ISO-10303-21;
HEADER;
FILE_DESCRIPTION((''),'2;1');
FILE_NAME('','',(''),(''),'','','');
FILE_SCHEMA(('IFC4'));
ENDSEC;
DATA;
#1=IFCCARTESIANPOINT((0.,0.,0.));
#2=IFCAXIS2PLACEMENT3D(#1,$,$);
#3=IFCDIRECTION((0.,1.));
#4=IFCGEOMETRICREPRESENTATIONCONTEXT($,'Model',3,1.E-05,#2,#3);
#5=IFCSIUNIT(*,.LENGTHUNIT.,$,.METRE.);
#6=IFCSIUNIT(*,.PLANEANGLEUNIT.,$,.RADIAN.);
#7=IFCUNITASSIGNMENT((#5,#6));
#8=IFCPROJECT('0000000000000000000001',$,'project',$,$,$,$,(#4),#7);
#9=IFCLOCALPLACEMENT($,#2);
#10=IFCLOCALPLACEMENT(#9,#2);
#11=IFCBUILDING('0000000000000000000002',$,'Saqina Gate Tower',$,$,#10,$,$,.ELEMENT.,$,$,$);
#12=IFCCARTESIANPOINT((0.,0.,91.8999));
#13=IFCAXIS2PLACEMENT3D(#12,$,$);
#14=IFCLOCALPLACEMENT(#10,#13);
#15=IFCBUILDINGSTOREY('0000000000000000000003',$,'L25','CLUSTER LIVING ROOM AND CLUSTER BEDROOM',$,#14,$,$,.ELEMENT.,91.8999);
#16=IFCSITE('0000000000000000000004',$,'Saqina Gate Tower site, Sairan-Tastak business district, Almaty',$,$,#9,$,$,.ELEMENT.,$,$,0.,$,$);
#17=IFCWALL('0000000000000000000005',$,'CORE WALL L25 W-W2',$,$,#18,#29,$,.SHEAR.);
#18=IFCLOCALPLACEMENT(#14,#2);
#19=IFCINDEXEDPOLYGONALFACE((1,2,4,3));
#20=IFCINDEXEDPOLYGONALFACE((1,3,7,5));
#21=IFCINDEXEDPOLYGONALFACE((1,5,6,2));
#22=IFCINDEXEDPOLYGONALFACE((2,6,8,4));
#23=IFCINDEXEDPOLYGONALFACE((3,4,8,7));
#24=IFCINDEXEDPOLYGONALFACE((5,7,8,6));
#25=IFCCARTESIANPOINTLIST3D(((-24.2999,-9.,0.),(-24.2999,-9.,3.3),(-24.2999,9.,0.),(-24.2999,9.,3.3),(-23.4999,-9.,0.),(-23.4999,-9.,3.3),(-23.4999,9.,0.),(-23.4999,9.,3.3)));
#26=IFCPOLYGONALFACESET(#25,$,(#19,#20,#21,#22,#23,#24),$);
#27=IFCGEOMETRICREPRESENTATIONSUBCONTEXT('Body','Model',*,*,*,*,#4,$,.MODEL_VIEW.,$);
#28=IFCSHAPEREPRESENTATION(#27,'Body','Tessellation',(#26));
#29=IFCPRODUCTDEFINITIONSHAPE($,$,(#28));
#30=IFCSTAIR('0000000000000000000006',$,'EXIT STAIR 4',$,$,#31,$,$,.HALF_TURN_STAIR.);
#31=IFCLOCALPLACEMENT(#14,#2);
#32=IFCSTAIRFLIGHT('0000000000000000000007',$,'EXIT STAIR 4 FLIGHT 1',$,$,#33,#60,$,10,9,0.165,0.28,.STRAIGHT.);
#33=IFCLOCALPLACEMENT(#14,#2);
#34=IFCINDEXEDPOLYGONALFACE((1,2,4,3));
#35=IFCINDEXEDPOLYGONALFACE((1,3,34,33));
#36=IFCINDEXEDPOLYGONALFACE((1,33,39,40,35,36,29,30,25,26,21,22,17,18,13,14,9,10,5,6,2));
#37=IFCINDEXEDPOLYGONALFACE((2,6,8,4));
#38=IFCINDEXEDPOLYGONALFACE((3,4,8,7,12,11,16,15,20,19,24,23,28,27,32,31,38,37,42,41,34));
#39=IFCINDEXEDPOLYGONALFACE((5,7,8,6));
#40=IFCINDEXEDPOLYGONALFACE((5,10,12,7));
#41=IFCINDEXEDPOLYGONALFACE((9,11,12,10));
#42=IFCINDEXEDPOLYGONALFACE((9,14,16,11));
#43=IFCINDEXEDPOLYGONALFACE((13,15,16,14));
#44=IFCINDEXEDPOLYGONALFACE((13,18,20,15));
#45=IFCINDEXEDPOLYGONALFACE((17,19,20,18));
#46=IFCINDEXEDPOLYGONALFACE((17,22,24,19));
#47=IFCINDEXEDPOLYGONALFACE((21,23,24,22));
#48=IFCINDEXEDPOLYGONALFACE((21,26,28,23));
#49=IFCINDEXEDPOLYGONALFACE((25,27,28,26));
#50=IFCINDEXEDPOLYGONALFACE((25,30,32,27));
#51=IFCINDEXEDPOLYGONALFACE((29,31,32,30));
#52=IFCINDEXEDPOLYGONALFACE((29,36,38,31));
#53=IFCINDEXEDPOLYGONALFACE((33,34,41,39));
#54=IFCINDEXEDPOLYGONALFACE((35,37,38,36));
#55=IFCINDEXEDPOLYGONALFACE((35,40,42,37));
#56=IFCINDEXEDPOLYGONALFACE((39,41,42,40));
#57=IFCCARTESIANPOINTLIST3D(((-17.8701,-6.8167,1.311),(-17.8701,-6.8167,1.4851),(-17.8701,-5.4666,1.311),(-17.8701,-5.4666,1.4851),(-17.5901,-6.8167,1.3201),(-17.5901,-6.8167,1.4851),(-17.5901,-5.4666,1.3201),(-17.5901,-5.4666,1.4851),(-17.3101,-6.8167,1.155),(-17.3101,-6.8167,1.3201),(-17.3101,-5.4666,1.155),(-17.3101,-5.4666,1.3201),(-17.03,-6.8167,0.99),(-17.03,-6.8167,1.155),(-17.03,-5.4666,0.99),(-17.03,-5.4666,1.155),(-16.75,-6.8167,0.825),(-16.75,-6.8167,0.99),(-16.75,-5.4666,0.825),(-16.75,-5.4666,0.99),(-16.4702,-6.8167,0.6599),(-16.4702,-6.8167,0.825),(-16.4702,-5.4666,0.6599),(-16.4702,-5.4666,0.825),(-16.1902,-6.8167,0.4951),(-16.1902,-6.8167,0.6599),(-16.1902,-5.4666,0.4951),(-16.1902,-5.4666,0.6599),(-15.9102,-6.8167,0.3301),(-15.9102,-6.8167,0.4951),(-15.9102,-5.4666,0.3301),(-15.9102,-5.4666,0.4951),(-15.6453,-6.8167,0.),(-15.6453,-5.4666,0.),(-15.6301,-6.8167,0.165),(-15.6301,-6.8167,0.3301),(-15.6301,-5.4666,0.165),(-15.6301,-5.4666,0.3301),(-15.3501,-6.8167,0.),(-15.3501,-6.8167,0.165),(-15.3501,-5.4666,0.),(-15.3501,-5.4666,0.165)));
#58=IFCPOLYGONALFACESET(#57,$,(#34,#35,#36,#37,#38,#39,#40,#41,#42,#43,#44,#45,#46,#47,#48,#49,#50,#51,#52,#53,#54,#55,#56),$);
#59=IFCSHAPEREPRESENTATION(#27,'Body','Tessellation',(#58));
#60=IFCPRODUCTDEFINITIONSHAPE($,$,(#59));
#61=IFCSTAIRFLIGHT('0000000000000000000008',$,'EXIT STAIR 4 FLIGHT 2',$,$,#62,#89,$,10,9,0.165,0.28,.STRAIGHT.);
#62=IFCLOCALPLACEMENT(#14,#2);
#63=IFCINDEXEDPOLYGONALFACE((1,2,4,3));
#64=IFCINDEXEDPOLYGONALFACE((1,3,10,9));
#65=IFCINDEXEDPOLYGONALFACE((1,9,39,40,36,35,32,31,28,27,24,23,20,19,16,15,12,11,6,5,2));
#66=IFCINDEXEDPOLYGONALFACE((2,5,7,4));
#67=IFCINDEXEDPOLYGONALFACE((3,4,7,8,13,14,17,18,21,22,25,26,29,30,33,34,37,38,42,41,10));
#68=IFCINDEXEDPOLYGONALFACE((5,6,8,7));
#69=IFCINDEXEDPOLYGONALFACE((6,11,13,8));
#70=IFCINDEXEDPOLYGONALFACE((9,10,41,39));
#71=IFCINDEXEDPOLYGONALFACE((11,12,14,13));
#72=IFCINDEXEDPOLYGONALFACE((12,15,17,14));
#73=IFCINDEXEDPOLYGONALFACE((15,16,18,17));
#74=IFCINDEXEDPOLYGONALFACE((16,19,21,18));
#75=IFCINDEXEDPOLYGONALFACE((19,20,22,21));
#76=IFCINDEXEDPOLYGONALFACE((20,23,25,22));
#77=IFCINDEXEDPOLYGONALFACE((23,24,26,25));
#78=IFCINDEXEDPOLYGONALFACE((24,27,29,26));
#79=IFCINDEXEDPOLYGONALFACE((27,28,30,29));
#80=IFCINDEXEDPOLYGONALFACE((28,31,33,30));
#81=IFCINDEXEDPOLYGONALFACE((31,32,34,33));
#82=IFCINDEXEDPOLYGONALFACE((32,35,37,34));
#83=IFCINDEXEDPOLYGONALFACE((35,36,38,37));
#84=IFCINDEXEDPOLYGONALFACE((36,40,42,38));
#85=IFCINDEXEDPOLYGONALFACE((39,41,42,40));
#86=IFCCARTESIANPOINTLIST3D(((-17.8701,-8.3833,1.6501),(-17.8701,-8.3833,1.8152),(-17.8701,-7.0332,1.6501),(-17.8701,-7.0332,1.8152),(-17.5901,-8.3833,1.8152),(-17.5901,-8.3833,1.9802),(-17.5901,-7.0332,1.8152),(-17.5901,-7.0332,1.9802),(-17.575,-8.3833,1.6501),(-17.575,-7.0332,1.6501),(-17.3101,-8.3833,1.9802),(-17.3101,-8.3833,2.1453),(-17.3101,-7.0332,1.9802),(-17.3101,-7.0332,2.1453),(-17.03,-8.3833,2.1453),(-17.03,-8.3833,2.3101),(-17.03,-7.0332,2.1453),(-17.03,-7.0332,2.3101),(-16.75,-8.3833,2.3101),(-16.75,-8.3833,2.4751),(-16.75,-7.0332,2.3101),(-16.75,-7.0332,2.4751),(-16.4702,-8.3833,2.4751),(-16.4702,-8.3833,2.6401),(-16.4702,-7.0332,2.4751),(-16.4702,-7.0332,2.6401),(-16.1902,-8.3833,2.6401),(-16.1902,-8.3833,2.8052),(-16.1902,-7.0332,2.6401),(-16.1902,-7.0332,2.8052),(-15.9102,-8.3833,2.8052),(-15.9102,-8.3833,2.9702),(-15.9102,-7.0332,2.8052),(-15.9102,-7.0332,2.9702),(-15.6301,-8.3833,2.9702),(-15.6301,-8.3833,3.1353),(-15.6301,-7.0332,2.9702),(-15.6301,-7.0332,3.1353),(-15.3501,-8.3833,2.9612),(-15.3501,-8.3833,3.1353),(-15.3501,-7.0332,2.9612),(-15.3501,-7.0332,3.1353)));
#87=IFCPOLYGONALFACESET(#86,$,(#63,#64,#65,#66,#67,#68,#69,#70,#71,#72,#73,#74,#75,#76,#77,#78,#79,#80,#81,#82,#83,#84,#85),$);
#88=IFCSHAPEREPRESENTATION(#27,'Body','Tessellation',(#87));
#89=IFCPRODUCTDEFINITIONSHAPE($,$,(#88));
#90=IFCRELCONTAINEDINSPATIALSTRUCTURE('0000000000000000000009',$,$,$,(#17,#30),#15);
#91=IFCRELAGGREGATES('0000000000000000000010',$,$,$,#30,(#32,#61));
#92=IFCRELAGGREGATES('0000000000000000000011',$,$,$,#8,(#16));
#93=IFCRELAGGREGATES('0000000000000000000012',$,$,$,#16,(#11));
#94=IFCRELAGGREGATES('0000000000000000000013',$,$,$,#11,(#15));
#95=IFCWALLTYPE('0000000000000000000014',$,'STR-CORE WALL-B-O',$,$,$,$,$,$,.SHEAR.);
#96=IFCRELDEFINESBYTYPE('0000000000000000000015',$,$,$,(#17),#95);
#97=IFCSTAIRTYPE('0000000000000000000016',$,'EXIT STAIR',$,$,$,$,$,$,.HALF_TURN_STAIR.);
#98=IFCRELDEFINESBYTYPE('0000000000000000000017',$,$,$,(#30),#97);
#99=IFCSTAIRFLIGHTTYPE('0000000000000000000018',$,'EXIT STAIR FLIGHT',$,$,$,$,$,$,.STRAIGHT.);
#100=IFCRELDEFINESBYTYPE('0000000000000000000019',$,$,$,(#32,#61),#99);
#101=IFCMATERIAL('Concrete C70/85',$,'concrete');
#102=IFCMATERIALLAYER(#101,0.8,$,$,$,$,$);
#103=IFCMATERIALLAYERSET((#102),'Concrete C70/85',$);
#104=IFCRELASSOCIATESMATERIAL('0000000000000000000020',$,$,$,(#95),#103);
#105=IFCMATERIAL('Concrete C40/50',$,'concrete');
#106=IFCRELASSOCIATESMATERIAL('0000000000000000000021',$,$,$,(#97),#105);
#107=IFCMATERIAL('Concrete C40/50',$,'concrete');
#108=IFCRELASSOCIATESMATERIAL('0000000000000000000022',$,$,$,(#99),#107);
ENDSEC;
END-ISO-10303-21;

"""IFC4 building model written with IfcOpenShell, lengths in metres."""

from ifc_helpers import new_model, si_unit, direction, frame, frame_2d, origin, place, context, subcontext, project, spatial, polyline, rectangle, outline, extrude, material, layer, layer_set, type_object, element, aggregate, save


model = new_model("IFC4")

# Units and contexts
model_context = context("Model", 3, precision=1e-05, world=origin(), true_north=direction((0.0, 1.0)))
body_context = subcontext(model_context, "Body", "Model", "MODEL_VIEW")
ifc_project = project(units=[si_unit("LENGTHUNIT", "METRE"), si_unit("PLANEANGLEUNIT", "RADIAN")], contexts=[model_context])

# Site, building, storey
site_placement = place(None, origin())
site = spatial("IfcSite", under=ifc_project, at=site_placement, Name="Saqina Gate Tower site, Sairan-Tastak business district, Almaty", CompositionType="ELEMENT", RefElevation=0.0)
building_placement = place(site_placement, origin())
building = spatial("IfcBuilding", under=site, at=building_placement, Name="Saqina Gate Tower", CompositionType="ELEMENT")
storey_placement = place(building_placement, frame((0.0, 0.0, 91.8999)))
storey = spatial("IfcBuildingStorey", under=building, at=storey_placement, Name="L25", Description="CLUSTER LIVING ROOM AND CLUSTER BEDROOM", CompositionType="ELEMENT", Elevation=91.8999)

# Shared definitions
ifc_material_1 = material(Name="Concrete C70/85", Category="concrete")
ifc_layer_1 = layer(ifc_material_1, 0.8)
ifc_layer_set_1 = layer_set([ifc_layer_1], Name="Concrete C70/85")
wall_type_1 = type_object("IfcWallType", Name="STR-CORE WALL-B-O", PredefinedType="SHEAR", material=ifc_layer_set_1)

# Wall
wall_1_placement = place(storey_placement, frame((-23.8999, -9.0, 0.0), z_axis=(0.0, 0.0, 1.0), x_axis=(0.0, 1.0, 0.0)))
element("IfcWall", 1, at=wall_1_placement, inside=storey, type_object=wall_type_1, Name="CORE WALL L25 W-W2", PredefinedType="SHEAR", context=body_context, shape_type="SweptSolid", body=[
    extrude(rectangle(XDim=18.0, YDim=0.8, at=frame_2d((9.0, 0.0))), origin(), (0.0, 0.0, 1.0), 3.3),
])

# Stair, stair flights
ifc_material_2 = material(Name="Concrete C40/50", Category="concrete")
stair_type = type_object("IfcStairType", Name="EXIT STAIR", PredefinedType="HALF_TURN_STAIR", material=ifc_material_2)
stair_placement = place(storey_placement, origin())
stair = element("IfcStair", 2, at=stair_placement, inside=storey, type_object=stair_type, Name="EXIT STAIR 4", PredefinedType="HALF_TURN_STAIR")
ifc_material_3 = material(Name="Concrete C40/50", Category="concrete")
stair_flight_type = type_object("IfcStairFlightType", Name="EXIT STAIR FLIGHT", PredefinedType="STRAIGHT", material=ifc_material_3)
stair_flight_1_placement = place(storey_placement, frame((-15.3501, -6.1416, 0.0), z_axis=(0.0, 0.0, 1.0), x_axis=(-1.0, 0.0, 0.0)))
stair_flight_1 = element("IfcStairFlight", 3, at=stair_flight_1_placement, type_object=stair_flight_type, Name="EXIT STAIR 4 FLIGHT 1", NumberOfRisers=10, NumberOfTreads=9, PredefinedType="STRAIGHT", RiserHeight=0.165, TreadLength=0.28, context=body_context, shape_type="SweptSolid", body=[
    extrude(outline(polyline([(0.0, 0.0), (0.0, 0.165), (0.28, 0.165), (0.28, 0.3301), (0.5601, 0.3301), (0.5601, 0.4951), (0.8401, 0.4951), (0.8401, 0.6599), (1.1201, 0.6599), (1.1201, 0.825), (1.3999, 0.825), (1.3999, 0.99), (1.6799, 0.99), (1.6799, 1.155), (1.96, 1.155), (1.96, 1.3201), (2.24, 1.3201), (2.24, 1.4851), (2.52, 1.4851), (2.52, 1.6499), (2.52, 1.311), (0.2952, 0.0), (0.0, 0.0)])), frame((0.0, 0.675, 0.0), z_axis=(0.0, -1.0, 0.0), x_axis=(1.0, 0.0, 0.0)), (0.0, 0.0, 1.0), 1.3501),
])
stair_flight_2_placement = place(storey_placement, frame((-17.8701, -7.7083, 1.6501), z_axis=(0.0, 0.0, 1.0), x_axis=(1.0, 0.0, 0.0)))
stair_flight_2 = element("IfcStairFlight", 4, at=stair_flight_2_placement, type_object=stair_flight_type, Name="EXIT STAIR 4 FLIGHT 2", NumberOfRisers=10, NumberOfTreads=9, PredefinedType="STRAIGHT", RiserHeight=0.165, TreadLength=0.28, context=body_context, shape_type="SweptSolid", body=[
    extrude(outline(polyline([(0.0, 0.0), (0.0, 0.165), (0.28, 0.165), (0.28, 0.3301), (0.5601, 0.3301), (0.5601, 0.4951), (0.8401, 0.4951), (0.8401, 0.6599), (1.1201, 0.6599), (1.1201, 0.825), (1.3999, 0.825), (1.3999, 0.99), (1.6799, 0.99), (1.6799, 1.155), (1.96, 1.155), (1.96, 1.3201), (2.24, 1.3201), (2.24, 1.4851), (2.52, 1.4851), (2.52, 1.6499), (2.52, 1.311), (0.2952, 0.0), (0.0, 0.0)])), frame((0.0, 0.675, 0.0), z_axis=(0.0, -1.0, 0.0), x_axis=(1.0, 0.0, 0.0)), (0.0, 0.0, 1.0), 1.3501),
])
aggregate(stair, [stair_flight_1, stair_flight_2])

save(model, "model.ifc")
